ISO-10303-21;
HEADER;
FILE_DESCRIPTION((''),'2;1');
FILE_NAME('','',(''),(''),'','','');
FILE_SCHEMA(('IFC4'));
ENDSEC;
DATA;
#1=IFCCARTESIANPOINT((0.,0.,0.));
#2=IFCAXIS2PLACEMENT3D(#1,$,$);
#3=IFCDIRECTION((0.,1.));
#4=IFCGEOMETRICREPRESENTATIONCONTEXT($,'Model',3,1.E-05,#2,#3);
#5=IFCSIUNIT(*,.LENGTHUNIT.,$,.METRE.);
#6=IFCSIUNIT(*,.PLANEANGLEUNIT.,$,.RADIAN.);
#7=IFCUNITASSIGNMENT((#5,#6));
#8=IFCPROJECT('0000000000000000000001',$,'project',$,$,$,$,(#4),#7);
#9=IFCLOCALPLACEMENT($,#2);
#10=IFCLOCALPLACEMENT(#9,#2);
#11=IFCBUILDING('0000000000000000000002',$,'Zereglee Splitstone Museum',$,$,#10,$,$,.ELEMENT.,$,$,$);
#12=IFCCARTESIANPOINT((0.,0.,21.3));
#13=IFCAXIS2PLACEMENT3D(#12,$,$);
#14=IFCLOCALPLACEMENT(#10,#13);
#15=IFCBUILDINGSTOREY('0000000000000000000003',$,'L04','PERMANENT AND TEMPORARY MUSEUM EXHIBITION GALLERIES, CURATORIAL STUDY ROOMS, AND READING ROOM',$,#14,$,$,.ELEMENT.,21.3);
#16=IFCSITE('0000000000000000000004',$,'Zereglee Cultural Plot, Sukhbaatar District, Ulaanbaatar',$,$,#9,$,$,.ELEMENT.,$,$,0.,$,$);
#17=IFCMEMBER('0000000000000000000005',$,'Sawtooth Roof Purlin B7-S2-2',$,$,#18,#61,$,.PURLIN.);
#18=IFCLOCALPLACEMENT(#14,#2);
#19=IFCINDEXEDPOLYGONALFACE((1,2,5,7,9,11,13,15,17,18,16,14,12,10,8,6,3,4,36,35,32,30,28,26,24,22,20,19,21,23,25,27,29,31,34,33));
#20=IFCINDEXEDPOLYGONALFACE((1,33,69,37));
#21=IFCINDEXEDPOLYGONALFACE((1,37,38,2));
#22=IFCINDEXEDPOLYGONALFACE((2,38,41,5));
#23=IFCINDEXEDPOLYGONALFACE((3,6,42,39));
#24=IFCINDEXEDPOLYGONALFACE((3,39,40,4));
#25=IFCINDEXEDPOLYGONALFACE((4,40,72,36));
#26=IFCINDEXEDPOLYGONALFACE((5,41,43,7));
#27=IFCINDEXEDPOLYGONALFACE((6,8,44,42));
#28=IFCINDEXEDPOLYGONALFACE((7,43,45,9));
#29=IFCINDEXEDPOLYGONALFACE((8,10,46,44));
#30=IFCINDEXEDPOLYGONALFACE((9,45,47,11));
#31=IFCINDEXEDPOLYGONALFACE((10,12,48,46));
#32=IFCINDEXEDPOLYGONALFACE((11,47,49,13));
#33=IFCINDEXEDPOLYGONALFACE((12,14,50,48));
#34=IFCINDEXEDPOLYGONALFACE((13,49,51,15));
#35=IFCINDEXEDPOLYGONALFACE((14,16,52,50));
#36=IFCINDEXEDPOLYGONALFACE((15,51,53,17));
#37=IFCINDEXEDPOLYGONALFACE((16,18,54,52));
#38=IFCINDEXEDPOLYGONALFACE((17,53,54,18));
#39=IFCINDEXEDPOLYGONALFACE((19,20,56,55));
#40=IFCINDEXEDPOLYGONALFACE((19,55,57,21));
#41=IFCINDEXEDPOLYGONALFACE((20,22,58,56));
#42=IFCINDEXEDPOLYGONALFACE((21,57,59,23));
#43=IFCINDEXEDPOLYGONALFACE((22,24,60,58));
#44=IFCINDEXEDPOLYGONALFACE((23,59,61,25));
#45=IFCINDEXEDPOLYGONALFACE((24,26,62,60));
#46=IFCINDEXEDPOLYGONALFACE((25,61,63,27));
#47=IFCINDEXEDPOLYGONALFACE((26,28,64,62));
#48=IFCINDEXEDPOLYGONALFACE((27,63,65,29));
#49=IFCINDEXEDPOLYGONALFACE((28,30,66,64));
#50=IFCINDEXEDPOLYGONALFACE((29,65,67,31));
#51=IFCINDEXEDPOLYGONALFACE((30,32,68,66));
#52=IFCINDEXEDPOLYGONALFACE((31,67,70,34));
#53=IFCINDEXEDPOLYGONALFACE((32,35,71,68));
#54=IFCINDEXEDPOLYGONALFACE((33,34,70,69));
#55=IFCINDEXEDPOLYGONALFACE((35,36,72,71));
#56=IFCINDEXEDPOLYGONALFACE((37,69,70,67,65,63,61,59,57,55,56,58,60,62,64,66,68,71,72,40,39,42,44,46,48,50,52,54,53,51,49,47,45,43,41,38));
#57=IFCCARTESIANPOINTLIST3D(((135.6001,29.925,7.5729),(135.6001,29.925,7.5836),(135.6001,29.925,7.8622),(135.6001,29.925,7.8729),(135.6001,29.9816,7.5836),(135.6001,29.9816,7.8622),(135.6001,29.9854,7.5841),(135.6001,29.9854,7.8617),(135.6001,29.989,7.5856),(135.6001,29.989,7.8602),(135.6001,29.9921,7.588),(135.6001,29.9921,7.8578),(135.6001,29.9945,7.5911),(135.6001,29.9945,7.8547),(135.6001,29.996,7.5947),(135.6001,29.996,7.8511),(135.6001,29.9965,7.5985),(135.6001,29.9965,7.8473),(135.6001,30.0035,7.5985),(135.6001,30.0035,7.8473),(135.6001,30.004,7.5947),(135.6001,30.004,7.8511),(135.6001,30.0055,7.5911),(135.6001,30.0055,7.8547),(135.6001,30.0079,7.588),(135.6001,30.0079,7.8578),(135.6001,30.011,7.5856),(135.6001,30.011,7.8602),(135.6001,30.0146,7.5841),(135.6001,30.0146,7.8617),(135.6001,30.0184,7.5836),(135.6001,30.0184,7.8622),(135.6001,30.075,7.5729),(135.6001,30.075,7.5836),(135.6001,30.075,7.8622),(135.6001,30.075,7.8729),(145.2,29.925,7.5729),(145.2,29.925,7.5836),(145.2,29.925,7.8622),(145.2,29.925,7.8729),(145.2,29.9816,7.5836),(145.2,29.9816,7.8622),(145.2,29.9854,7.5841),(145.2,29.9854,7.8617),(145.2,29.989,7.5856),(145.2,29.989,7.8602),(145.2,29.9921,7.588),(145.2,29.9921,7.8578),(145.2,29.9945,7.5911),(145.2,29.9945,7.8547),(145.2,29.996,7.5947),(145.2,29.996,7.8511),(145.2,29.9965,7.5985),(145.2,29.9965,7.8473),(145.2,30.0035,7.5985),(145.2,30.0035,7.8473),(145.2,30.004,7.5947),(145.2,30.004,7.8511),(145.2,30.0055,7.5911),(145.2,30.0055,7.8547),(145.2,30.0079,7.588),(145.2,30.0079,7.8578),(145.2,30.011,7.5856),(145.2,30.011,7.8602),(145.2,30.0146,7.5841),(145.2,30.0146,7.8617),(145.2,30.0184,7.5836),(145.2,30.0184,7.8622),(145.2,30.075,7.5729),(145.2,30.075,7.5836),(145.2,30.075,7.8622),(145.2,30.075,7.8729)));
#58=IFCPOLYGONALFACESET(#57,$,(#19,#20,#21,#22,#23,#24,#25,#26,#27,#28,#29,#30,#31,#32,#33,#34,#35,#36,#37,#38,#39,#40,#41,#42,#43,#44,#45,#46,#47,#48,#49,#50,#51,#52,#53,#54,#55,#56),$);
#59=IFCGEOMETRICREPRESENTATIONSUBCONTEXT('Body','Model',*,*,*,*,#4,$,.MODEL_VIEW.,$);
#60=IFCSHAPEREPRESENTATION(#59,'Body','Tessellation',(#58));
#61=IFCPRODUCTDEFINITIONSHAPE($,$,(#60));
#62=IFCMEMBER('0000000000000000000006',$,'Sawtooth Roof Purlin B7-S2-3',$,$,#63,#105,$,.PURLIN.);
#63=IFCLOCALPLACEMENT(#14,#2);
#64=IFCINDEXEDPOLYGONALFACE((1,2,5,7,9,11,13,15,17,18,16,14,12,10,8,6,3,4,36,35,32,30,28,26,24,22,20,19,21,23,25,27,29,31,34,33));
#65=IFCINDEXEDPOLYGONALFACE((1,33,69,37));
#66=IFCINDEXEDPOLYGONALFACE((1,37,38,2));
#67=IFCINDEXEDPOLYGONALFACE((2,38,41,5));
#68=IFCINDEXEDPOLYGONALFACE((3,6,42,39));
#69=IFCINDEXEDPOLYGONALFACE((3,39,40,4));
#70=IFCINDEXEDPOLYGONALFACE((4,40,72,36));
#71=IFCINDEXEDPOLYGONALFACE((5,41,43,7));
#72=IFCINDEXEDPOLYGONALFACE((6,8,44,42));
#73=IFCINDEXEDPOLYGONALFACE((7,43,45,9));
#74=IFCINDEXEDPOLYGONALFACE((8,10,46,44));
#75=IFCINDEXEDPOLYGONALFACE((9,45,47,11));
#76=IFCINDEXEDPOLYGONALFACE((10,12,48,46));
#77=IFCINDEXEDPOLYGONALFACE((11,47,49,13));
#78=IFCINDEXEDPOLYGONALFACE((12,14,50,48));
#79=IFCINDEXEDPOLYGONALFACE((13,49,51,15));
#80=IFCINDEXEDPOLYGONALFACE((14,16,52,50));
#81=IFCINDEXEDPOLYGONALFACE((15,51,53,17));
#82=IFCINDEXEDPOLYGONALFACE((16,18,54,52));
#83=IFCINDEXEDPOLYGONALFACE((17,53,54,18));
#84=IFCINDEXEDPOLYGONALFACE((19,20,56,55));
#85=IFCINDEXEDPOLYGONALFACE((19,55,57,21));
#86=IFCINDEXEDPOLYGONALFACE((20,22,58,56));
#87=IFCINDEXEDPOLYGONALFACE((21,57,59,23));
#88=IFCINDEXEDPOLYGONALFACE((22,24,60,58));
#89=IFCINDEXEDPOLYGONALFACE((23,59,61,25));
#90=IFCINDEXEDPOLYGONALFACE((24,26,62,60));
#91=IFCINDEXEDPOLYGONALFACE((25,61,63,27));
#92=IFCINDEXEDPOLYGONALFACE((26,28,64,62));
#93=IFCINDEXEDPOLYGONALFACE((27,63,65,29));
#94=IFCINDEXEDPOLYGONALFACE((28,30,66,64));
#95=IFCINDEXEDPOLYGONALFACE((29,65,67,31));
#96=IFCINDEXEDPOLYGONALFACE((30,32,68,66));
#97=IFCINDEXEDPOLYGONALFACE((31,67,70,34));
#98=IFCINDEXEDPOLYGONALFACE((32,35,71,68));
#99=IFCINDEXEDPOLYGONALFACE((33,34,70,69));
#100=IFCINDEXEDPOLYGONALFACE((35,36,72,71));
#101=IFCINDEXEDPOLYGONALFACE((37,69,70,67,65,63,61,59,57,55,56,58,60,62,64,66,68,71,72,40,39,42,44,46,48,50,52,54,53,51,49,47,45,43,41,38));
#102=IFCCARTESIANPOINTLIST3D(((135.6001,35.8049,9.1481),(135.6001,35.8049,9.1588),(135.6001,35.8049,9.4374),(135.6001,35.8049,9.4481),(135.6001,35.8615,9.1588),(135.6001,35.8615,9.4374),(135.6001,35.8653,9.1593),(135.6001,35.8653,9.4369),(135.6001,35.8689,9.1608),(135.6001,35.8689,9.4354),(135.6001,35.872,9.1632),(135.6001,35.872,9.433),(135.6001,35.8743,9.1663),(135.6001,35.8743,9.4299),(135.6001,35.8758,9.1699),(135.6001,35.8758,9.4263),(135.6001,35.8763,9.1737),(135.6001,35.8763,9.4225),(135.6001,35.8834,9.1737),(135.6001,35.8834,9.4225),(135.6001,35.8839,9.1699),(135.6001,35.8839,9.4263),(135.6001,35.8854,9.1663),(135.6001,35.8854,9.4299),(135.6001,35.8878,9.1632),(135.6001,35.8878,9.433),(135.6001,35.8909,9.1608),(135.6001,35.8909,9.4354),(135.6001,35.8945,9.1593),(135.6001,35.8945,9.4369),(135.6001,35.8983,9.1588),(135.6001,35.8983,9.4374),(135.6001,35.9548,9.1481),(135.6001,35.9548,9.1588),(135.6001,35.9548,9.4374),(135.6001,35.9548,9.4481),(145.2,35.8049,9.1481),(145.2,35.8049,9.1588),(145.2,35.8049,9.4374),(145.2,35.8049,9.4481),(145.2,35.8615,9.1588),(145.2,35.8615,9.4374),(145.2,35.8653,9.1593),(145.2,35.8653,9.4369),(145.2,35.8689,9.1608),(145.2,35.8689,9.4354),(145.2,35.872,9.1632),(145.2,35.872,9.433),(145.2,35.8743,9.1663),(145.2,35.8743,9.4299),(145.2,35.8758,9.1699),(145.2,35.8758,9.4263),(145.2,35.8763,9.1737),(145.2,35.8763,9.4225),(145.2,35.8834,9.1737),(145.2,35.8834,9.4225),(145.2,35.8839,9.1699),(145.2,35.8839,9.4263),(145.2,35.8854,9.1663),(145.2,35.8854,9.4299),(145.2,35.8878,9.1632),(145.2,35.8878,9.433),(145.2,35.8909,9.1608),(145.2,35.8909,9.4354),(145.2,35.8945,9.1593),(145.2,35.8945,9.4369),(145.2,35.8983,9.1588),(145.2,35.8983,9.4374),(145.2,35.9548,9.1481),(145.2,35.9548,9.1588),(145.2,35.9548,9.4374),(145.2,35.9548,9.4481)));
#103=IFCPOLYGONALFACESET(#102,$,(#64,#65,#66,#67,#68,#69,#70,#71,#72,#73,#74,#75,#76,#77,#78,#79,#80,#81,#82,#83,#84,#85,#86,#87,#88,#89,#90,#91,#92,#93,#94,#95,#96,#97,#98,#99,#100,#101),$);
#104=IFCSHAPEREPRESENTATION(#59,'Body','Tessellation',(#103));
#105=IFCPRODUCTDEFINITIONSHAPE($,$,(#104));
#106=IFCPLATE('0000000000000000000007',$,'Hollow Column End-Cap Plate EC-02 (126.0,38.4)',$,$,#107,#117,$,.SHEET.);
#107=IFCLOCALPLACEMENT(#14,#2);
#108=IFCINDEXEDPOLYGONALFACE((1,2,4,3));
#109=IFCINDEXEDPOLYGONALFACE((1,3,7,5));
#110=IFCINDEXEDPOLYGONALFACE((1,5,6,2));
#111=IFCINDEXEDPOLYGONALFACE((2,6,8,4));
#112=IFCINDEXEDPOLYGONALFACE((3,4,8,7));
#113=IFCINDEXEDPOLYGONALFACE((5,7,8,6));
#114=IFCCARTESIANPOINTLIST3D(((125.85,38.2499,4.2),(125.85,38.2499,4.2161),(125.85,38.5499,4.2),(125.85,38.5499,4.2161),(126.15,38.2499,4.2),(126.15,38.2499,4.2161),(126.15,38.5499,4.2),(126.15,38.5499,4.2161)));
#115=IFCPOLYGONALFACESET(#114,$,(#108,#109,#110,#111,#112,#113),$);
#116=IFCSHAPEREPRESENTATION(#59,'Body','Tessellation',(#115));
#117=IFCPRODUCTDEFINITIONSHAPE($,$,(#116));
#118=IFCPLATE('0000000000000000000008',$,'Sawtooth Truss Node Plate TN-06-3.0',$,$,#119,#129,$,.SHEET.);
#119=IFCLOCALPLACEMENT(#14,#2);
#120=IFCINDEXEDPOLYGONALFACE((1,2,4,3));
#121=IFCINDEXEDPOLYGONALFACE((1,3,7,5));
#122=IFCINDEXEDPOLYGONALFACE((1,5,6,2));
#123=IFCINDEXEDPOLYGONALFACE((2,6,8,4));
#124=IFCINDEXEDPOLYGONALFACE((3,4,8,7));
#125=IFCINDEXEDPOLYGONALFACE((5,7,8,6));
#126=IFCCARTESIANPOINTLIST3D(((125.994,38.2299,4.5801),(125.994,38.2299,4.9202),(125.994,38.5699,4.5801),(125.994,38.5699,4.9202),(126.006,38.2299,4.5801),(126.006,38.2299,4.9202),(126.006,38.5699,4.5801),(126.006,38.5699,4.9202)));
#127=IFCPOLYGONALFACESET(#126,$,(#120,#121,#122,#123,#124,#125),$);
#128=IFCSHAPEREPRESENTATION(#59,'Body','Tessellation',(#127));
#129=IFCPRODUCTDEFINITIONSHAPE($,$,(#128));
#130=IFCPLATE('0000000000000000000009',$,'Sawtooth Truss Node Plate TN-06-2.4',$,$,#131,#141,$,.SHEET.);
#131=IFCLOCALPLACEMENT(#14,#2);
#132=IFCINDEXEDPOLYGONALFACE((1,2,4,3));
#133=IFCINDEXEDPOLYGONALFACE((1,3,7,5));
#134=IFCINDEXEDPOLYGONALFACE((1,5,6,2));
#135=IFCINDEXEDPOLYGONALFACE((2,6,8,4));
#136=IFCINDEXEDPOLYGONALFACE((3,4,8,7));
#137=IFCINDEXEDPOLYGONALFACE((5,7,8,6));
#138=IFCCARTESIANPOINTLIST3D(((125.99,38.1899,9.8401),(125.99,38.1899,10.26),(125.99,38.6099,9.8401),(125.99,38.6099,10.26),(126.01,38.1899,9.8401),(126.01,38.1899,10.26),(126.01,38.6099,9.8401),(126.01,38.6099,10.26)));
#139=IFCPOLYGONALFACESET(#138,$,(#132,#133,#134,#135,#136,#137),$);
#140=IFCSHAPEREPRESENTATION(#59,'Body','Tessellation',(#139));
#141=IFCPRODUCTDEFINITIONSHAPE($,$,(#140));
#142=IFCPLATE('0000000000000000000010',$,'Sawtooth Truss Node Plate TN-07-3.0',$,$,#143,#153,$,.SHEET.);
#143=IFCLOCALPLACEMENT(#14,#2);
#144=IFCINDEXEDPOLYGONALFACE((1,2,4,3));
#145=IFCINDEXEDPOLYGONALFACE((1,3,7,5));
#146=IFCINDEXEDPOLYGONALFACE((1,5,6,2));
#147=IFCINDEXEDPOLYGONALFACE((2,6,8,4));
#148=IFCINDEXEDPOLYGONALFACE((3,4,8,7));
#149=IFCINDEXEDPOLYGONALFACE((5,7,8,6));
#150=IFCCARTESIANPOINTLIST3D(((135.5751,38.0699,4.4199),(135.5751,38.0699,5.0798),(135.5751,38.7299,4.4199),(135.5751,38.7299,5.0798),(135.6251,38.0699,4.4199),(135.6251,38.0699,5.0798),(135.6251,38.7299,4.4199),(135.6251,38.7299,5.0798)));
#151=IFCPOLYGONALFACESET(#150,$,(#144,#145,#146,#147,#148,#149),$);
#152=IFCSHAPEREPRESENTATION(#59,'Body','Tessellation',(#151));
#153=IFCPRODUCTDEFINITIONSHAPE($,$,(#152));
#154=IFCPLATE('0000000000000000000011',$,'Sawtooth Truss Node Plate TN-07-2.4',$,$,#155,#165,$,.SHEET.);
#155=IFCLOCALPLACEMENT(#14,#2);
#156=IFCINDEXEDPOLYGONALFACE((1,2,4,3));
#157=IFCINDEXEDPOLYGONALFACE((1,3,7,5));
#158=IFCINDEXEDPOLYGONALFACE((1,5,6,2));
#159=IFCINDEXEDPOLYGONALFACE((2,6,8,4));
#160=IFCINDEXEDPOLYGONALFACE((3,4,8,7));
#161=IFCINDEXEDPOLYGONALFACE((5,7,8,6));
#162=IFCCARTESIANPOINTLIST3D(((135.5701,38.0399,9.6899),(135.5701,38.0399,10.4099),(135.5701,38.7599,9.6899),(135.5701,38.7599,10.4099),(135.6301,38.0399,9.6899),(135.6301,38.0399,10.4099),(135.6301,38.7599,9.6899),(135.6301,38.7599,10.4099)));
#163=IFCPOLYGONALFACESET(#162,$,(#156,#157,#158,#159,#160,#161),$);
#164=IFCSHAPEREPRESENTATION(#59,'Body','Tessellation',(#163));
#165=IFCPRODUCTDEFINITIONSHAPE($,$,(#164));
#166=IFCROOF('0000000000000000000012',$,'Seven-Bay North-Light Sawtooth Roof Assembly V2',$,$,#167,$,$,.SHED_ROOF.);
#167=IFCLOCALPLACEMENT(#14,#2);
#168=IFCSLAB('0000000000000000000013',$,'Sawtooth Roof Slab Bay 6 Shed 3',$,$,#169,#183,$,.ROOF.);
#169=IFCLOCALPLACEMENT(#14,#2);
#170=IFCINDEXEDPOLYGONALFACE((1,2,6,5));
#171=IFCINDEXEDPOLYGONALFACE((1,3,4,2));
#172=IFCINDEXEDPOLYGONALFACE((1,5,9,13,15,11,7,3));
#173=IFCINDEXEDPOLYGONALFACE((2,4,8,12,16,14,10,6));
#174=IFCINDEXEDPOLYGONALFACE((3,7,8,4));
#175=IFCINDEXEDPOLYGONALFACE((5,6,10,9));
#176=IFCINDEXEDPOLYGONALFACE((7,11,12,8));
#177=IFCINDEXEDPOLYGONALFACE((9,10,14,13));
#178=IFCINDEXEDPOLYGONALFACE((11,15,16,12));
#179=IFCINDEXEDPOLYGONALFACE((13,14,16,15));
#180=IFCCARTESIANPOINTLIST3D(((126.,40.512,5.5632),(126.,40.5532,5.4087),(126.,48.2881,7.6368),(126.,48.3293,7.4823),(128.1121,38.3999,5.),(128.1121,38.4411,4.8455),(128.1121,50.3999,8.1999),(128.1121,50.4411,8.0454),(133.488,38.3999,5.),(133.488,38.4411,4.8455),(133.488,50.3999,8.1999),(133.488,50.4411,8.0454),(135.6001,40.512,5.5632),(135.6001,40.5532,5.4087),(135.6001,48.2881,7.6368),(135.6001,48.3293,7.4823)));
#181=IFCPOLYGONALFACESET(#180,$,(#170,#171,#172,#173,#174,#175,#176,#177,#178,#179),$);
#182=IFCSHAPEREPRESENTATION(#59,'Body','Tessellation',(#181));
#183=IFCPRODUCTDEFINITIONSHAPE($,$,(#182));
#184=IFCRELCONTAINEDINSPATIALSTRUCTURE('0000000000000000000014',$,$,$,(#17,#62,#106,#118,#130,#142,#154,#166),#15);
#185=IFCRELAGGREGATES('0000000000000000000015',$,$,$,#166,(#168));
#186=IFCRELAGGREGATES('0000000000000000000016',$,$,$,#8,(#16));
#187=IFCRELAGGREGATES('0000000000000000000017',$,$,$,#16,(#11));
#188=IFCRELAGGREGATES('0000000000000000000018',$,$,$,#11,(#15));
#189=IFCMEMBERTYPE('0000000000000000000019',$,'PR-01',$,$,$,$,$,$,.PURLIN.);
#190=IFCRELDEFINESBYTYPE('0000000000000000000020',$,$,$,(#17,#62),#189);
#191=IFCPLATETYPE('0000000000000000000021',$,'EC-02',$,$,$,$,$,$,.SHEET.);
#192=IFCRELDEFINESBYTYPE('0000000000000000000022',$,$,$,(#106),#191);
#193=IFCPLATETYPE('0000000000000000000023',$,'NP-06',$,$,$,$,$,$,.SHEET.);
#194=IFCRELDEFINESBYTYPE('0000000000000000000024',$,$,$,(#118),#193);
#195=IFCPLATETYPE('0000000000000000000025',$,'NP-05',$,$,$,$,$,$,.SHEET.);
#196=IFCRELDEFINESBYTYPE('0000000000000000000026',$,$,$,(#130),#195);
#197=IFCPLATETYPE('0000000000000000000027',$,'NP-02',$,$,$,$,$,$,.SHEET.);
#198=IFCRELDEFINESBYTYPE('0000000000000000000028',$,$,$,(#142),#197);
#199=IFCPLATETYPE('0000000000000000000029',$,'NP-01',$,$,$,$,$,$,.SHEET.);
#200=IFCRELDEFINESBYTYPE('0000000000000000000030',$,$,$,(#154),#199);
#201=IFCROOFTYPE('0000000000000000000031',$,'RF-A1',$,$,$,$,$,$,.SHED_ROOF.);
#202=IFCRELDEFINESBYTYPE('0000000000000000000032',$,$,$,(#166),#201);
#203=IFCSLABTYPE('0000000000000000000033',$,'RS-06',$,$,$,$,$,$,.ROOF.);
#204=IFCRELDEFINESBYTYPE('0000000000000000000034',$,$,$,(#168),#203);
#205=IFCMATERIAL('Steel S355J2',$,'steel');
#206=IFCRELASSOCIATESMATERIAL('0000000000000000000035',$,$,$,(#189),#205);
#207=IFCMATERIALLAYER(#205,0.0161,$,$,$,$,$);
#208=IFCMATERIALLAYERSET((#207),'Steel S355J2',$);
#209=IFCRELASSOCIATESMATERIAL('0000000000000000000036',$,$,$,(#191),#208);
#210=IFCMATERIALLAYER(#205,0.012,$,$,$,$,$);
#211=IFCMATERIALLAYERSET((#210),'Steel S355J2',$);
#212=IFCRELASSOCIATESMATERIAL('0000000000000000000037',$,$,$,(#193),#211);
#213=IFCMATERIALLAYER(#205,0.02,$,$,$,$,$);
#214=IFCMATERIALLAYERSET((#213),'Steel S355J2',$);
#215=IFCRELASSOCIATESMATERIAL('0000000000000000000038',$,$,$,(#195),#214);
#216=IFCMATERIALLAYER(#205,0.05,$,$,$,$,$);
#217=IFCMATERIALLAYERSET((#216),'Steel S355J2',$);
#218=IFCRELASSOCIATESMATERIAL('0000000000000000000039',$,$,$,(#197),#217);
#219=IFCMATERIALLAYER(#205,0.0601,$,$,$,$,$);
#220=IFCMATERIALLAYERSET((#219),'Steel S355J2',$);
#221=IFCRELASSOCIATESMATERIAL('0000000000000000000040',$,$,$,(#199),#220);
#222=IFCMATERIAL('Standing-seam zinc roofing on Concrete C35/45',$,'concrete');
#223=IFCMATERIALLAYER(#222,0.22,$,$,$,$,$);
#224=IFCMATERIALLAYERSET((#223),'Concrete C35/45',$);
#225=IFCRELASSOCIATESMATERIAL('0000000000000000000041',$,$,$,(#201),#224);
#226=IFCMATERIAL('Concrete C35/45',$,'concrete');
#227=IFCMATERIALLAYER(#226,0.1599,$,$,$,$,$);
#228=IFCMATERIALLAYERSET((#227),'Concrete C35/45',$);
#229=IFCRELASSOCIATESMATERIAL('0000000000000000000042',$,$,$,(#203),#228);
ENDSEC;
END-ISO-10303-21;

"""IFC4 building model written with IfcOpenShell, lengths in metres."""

from ifc_helpers import new_model, si_unit, direction, frame, origin, origin_2d, place, context, subcontext, project, spatial, polyline, rectangle, i_section, outline, extrude, material, layer, layer_set, material_profile, profile_set, type_object, element, aggregate, save


model = new_model("IFC4")

# Units and contexts
model_context = context("Model", 3, precision=1e-05, world=origin(), true_north=direction((0.0, 1.0)))
body_context = subcontext(model_context, "Body", "Model", "MODEL_VIEW")
ifc_project = project(units=[si_unit("LENGTHUNIT", "METRE"), si_unit("PLANEANGLEUNIT", "RADIAN")], contexts=[model_context])

# Site, building, storey
site_placement = place(None, origin())
site = spatial("IfcSite", under=ifc_project, at=site_placement, Name="Zereglee Cultural Plot, Sukhbaatar District, Ulaanbaatar", CompositionType="ELEMENT", RefElevation=0.0)
building_placement = place(site_placement, origin())
building = spatial("IfcBuilding", under=site, at=building_placement, Name="Zereglee Splitstone Museum", CompositionType="ELEMENT")
storey_placement = place(building_placement, frame((0.0, 0.0, 21.3)))
storey = spatial("IfcBuildingStorey", under=building, at=storey_placement, Name="L04", Description="PERMANENT AND TEMPORARY MUSEUM EXHIBITION GALLERIES, CURATORIAL STUDY ROOMS, AND READING ROOM", CompositionType="ELEMENT", Elevation=21.3)

# Shared definitions
ifc_material_1 = material(Name="Steel S355J2", Category="steel")

# Members
ifc_material_profile_1 = material_profile(ifc_material_1, i_section(OverallWidth=0.1499, OverallDepth=0.3, WebThickness=0.0071, FlangeThickness=0.0107, FilletRadius=0.0149, at=origin_2d()), Name="IPE 300")
ifc_profile_set_1 = profile_set([ifc_material_profile_1], Name="Steel S355J2")
member_type_1 = type_object("IfcMemberType", Name="PR-01", PredefinedType="PURLIN", material=ifc_profile_set_1)
for number, where, z_axis, x_axis, name in (
    (1, (135.6001, 30.0, 7.7229), (1.0, 0.0, 0.0), (0.0, 1.0, 0.0), "Sawtooth Roof Purlin B7-S2-2"),
    (2, (135.6001, 35.8799, 9.2981), (1.0, 0.0, 0.0), (0.0, 1.0, 0.0), "Sawtooth Roof Purlin B7-S2-3"),
):
    element("IfcMember", number, at=place(storey_placement, frame(where, z_axis=z_axis, x_axis=x_axis)), inside=storey, type_object=member_type_1, Name=name, PredefinedType="PURLIN", context=body_context, shape_type="SweptSolid", body=[
        extrude(i_section(OverallWidth=0.1499, OverallDepth=0.3, WebThickness=0.0071, FlangeThickness=0.0107, FilletRadius=0.0149, at=origin_2d()), origin(), (0.0, 0.0, 1.0), 9.5999),
    ])

# Plates
ifc_layer_1 = layer(ifc_material_1, 0.0161)
ifc_layer_set_1 = layer_set([ifc_layer_1], Name="Steel S355J2")
plate_type_1 = type_object("IfcPlateType", Name="EC-02", PredefinedType="SHEET", material=ifc_layer_set_1)
plate_1_placement = place(storey_placement, frame((126.0, 38.3999, 4.2), z_axis=(0.0, 0.0, 1.0), x_axis=(1.0, 0.0, 0.0)))
element("IfcPlate", 3, at=plate_1_placement, inside=storey, type_object=plate_type_1, Name="Hollow Column End-Cap Plate EC-02 (126.0,38.4)", PredefinedType="SHEET", context=body_context, shape_type="SweptSolid", body=[
    extrude(rectangle(XDim=0.3, YDim=0.3, at=origin_2d()), origin(), (0.0, 0.0, 1.0), 0.0161),
])
ifc_layer_2 = layer(ifc_material_1, 0.012)
ifc_layer_set_2 = layer_set([ifc_layer_2], Name="Steel S355J2")
plate_type_2 = type_object("IfcPlateType", Name="NP-06", PredefinedType="SHEET", material=ifc_layer_set_2)
plate_2_placement = place(storey_placement, frame((126.0, 38.3999, 4.5801), z_axis=(0.0, 0.0, 1.0), x_axis=(1.0, 0.0, 0.0)))
element("IfcPlate", 4, at=plate_2_placement, inside=storey, type_object=plate_type_2, Name="Sawtooth Truss Node Plate TN-06-3.0", PredefinedType="SHEET", context=body_context, shape_type="SweptSolid", body=[
    extrude(rectangle(XDim=0.012, YDim=0.3401, at=origin_2d()), origin(), (0.0, 0.0, 1.0), 0.3401),
])
ifc_layer_3 = layer(ifc_material_1, 0.02)
ifc_layer_set_3 = layer_set([ifc_layer_3], Name="Steel S355J2")
plate_type_3 = type_object("IfcPlateType", Name="NP-05", PredefinedType="SHEET", material=ifc_layer_set_3)
plate_3_placement = place(storey_placement, frame((126.0, 38.3999, 9.8401), z_axis=(0.0, 0.0, 1.0), x_axis=(1.0, 0.0, 0.0)))
element("IfcPlate", 5, at=plate_3_placement, inside=storey, type_object=plate_type_3, Name="Sawtooth Truss Node Plate TN-06-2.4", PredefinedType="SHEET", context=body_context, shape_type="SweptSolid", body=[
    extrude(rectangle(XDim=0.02, YDim=0.4199, at=origin_2d()), origin(), (0.0, 0.0, 1.0), 0.4199),
])
ifc_layer_4 = layer(ifc_material_1, 0.05)
ifc_layer_set_4 = layer_set([ifc_layer_4], Name="Steel S355J2")
plate_type_4 = type_object("IfcPlateType", Name="NP-02", PredefinedType="SHEET", material=ifc_layer_set_4)
plate_4_placement = place(storey_placement, frame((135.6001, 38.3999, 4.4199), z_axis=(0.0, 0.0, 1.0), x_axis=(1.0, 0.0, 0.0)))
element("IfcPlate", 6, at=plate_4_placement, inside=storey, type_object=plate_type_4, Name="Sawtooth Truss Node Plate TN-07-3.0", PredefinedType="SHEET", context=body_context, shape_type="SweptSolid", body=[
    extrude(rectangle(XDim=0.05, YDim=0.6599, at=origin_2d()), origin(), (0.0, 0.0, 1.0), 0.6599),
])
ifc_layer_5 = layer(ifc_material_1, 0.0601)
ifc_layer_set_5 = layer_set([ifc_layer_5], Name="Steel S355J2")
plate_type_5 = type_object("IfcPlateType", Name="NP-01", PredefinedType="SHEET", material=ifc_layer_set_5)
plate_5_placement = place(storey_placement, frame((135.6001, 38.3999, 9.6899), z_axis=(0.0, 0.0, 1.0), x_axis=(1.0, 0.0, 0.0)))
element("IfcPlate", 7, at=plate_5_placement, inside=storey, type_object=plate_type_5, Name="Sawtooth Truss Node Plate TN-07-2.4", PredefinedType="SHEET", context=body_context, shape_type="SweptSolid", body=[
    extrude(rectangle(XDim=0.0601, YDim=0.72, at=origin_2d()), origin(), (0.0, 0.0, 1.0), 0.72),
])

# Roof, slab
ifc_material_2 = material(Name="Standing-seam zinc roofing on Concrete C35/45", Category="concrete")
ifc_layer_6 = layer(ifc_material_2, 0.22)
ifc_layer_set_6 = layer_set([ifc_layer_6], Name="Concrete C35/45")
roof_type = type_object("IfcRoofType", Name="RF-A1", PredefinedType="SHED_ROOF", material=ifc_layer_set_6)
roof_placement = place(storey_placement, origin())
roof = element("IfcRoof", 8, at=roof_placement, inside=storey, type_object=roof_type, Name="Seven-Bay North-Light Sawtooth Roof Assembly V2", PredefinedType="SHED_ROOF")
ifc_material_3 = material(Name="Concrete C35/45", Category="concrete")
ifc_layer_7 = layer(ifc_material_3, 0.1599)
ifc_layer_set_7 = layer_set([ifc_layer_7], Name="Concrete C35/45")
slab_type = type_object("IfcSlabType", Name="RS-06", PredefinedType="ROOF", material=ifc_layer_set_7)
slab_placement = place(storey_placement, frame((128.1121, 38.3999, 5.0), z_axis=(0.0, -0.257657, 0.966236), x_axis=(1.0, 0.0, 0.0)))
slab = element("IfcSlab", 9, at=slab_placement, type_object=slab_type, Name="Sawtooth Roof Slab Bay 6 Shed 3", PredefinedType="ROOF", context=body_context, shape_type="SweptSolid", body=[
    extrude(outline(polyline([(0.0, 0.0), (5.376, 0.0), (7.488, 2.1859), (7.488, 10.2337), (5.376, 12.4193), (0.0, 12.4193), (-2.1121, 10.2337), (-2.1121, 2.1859), (0.0, 0.0)])), origin(), (0.0, 0.0, -1.0), 0.1599),
])
aggregate(roof, [slab])

save(model, "model.ifc")
